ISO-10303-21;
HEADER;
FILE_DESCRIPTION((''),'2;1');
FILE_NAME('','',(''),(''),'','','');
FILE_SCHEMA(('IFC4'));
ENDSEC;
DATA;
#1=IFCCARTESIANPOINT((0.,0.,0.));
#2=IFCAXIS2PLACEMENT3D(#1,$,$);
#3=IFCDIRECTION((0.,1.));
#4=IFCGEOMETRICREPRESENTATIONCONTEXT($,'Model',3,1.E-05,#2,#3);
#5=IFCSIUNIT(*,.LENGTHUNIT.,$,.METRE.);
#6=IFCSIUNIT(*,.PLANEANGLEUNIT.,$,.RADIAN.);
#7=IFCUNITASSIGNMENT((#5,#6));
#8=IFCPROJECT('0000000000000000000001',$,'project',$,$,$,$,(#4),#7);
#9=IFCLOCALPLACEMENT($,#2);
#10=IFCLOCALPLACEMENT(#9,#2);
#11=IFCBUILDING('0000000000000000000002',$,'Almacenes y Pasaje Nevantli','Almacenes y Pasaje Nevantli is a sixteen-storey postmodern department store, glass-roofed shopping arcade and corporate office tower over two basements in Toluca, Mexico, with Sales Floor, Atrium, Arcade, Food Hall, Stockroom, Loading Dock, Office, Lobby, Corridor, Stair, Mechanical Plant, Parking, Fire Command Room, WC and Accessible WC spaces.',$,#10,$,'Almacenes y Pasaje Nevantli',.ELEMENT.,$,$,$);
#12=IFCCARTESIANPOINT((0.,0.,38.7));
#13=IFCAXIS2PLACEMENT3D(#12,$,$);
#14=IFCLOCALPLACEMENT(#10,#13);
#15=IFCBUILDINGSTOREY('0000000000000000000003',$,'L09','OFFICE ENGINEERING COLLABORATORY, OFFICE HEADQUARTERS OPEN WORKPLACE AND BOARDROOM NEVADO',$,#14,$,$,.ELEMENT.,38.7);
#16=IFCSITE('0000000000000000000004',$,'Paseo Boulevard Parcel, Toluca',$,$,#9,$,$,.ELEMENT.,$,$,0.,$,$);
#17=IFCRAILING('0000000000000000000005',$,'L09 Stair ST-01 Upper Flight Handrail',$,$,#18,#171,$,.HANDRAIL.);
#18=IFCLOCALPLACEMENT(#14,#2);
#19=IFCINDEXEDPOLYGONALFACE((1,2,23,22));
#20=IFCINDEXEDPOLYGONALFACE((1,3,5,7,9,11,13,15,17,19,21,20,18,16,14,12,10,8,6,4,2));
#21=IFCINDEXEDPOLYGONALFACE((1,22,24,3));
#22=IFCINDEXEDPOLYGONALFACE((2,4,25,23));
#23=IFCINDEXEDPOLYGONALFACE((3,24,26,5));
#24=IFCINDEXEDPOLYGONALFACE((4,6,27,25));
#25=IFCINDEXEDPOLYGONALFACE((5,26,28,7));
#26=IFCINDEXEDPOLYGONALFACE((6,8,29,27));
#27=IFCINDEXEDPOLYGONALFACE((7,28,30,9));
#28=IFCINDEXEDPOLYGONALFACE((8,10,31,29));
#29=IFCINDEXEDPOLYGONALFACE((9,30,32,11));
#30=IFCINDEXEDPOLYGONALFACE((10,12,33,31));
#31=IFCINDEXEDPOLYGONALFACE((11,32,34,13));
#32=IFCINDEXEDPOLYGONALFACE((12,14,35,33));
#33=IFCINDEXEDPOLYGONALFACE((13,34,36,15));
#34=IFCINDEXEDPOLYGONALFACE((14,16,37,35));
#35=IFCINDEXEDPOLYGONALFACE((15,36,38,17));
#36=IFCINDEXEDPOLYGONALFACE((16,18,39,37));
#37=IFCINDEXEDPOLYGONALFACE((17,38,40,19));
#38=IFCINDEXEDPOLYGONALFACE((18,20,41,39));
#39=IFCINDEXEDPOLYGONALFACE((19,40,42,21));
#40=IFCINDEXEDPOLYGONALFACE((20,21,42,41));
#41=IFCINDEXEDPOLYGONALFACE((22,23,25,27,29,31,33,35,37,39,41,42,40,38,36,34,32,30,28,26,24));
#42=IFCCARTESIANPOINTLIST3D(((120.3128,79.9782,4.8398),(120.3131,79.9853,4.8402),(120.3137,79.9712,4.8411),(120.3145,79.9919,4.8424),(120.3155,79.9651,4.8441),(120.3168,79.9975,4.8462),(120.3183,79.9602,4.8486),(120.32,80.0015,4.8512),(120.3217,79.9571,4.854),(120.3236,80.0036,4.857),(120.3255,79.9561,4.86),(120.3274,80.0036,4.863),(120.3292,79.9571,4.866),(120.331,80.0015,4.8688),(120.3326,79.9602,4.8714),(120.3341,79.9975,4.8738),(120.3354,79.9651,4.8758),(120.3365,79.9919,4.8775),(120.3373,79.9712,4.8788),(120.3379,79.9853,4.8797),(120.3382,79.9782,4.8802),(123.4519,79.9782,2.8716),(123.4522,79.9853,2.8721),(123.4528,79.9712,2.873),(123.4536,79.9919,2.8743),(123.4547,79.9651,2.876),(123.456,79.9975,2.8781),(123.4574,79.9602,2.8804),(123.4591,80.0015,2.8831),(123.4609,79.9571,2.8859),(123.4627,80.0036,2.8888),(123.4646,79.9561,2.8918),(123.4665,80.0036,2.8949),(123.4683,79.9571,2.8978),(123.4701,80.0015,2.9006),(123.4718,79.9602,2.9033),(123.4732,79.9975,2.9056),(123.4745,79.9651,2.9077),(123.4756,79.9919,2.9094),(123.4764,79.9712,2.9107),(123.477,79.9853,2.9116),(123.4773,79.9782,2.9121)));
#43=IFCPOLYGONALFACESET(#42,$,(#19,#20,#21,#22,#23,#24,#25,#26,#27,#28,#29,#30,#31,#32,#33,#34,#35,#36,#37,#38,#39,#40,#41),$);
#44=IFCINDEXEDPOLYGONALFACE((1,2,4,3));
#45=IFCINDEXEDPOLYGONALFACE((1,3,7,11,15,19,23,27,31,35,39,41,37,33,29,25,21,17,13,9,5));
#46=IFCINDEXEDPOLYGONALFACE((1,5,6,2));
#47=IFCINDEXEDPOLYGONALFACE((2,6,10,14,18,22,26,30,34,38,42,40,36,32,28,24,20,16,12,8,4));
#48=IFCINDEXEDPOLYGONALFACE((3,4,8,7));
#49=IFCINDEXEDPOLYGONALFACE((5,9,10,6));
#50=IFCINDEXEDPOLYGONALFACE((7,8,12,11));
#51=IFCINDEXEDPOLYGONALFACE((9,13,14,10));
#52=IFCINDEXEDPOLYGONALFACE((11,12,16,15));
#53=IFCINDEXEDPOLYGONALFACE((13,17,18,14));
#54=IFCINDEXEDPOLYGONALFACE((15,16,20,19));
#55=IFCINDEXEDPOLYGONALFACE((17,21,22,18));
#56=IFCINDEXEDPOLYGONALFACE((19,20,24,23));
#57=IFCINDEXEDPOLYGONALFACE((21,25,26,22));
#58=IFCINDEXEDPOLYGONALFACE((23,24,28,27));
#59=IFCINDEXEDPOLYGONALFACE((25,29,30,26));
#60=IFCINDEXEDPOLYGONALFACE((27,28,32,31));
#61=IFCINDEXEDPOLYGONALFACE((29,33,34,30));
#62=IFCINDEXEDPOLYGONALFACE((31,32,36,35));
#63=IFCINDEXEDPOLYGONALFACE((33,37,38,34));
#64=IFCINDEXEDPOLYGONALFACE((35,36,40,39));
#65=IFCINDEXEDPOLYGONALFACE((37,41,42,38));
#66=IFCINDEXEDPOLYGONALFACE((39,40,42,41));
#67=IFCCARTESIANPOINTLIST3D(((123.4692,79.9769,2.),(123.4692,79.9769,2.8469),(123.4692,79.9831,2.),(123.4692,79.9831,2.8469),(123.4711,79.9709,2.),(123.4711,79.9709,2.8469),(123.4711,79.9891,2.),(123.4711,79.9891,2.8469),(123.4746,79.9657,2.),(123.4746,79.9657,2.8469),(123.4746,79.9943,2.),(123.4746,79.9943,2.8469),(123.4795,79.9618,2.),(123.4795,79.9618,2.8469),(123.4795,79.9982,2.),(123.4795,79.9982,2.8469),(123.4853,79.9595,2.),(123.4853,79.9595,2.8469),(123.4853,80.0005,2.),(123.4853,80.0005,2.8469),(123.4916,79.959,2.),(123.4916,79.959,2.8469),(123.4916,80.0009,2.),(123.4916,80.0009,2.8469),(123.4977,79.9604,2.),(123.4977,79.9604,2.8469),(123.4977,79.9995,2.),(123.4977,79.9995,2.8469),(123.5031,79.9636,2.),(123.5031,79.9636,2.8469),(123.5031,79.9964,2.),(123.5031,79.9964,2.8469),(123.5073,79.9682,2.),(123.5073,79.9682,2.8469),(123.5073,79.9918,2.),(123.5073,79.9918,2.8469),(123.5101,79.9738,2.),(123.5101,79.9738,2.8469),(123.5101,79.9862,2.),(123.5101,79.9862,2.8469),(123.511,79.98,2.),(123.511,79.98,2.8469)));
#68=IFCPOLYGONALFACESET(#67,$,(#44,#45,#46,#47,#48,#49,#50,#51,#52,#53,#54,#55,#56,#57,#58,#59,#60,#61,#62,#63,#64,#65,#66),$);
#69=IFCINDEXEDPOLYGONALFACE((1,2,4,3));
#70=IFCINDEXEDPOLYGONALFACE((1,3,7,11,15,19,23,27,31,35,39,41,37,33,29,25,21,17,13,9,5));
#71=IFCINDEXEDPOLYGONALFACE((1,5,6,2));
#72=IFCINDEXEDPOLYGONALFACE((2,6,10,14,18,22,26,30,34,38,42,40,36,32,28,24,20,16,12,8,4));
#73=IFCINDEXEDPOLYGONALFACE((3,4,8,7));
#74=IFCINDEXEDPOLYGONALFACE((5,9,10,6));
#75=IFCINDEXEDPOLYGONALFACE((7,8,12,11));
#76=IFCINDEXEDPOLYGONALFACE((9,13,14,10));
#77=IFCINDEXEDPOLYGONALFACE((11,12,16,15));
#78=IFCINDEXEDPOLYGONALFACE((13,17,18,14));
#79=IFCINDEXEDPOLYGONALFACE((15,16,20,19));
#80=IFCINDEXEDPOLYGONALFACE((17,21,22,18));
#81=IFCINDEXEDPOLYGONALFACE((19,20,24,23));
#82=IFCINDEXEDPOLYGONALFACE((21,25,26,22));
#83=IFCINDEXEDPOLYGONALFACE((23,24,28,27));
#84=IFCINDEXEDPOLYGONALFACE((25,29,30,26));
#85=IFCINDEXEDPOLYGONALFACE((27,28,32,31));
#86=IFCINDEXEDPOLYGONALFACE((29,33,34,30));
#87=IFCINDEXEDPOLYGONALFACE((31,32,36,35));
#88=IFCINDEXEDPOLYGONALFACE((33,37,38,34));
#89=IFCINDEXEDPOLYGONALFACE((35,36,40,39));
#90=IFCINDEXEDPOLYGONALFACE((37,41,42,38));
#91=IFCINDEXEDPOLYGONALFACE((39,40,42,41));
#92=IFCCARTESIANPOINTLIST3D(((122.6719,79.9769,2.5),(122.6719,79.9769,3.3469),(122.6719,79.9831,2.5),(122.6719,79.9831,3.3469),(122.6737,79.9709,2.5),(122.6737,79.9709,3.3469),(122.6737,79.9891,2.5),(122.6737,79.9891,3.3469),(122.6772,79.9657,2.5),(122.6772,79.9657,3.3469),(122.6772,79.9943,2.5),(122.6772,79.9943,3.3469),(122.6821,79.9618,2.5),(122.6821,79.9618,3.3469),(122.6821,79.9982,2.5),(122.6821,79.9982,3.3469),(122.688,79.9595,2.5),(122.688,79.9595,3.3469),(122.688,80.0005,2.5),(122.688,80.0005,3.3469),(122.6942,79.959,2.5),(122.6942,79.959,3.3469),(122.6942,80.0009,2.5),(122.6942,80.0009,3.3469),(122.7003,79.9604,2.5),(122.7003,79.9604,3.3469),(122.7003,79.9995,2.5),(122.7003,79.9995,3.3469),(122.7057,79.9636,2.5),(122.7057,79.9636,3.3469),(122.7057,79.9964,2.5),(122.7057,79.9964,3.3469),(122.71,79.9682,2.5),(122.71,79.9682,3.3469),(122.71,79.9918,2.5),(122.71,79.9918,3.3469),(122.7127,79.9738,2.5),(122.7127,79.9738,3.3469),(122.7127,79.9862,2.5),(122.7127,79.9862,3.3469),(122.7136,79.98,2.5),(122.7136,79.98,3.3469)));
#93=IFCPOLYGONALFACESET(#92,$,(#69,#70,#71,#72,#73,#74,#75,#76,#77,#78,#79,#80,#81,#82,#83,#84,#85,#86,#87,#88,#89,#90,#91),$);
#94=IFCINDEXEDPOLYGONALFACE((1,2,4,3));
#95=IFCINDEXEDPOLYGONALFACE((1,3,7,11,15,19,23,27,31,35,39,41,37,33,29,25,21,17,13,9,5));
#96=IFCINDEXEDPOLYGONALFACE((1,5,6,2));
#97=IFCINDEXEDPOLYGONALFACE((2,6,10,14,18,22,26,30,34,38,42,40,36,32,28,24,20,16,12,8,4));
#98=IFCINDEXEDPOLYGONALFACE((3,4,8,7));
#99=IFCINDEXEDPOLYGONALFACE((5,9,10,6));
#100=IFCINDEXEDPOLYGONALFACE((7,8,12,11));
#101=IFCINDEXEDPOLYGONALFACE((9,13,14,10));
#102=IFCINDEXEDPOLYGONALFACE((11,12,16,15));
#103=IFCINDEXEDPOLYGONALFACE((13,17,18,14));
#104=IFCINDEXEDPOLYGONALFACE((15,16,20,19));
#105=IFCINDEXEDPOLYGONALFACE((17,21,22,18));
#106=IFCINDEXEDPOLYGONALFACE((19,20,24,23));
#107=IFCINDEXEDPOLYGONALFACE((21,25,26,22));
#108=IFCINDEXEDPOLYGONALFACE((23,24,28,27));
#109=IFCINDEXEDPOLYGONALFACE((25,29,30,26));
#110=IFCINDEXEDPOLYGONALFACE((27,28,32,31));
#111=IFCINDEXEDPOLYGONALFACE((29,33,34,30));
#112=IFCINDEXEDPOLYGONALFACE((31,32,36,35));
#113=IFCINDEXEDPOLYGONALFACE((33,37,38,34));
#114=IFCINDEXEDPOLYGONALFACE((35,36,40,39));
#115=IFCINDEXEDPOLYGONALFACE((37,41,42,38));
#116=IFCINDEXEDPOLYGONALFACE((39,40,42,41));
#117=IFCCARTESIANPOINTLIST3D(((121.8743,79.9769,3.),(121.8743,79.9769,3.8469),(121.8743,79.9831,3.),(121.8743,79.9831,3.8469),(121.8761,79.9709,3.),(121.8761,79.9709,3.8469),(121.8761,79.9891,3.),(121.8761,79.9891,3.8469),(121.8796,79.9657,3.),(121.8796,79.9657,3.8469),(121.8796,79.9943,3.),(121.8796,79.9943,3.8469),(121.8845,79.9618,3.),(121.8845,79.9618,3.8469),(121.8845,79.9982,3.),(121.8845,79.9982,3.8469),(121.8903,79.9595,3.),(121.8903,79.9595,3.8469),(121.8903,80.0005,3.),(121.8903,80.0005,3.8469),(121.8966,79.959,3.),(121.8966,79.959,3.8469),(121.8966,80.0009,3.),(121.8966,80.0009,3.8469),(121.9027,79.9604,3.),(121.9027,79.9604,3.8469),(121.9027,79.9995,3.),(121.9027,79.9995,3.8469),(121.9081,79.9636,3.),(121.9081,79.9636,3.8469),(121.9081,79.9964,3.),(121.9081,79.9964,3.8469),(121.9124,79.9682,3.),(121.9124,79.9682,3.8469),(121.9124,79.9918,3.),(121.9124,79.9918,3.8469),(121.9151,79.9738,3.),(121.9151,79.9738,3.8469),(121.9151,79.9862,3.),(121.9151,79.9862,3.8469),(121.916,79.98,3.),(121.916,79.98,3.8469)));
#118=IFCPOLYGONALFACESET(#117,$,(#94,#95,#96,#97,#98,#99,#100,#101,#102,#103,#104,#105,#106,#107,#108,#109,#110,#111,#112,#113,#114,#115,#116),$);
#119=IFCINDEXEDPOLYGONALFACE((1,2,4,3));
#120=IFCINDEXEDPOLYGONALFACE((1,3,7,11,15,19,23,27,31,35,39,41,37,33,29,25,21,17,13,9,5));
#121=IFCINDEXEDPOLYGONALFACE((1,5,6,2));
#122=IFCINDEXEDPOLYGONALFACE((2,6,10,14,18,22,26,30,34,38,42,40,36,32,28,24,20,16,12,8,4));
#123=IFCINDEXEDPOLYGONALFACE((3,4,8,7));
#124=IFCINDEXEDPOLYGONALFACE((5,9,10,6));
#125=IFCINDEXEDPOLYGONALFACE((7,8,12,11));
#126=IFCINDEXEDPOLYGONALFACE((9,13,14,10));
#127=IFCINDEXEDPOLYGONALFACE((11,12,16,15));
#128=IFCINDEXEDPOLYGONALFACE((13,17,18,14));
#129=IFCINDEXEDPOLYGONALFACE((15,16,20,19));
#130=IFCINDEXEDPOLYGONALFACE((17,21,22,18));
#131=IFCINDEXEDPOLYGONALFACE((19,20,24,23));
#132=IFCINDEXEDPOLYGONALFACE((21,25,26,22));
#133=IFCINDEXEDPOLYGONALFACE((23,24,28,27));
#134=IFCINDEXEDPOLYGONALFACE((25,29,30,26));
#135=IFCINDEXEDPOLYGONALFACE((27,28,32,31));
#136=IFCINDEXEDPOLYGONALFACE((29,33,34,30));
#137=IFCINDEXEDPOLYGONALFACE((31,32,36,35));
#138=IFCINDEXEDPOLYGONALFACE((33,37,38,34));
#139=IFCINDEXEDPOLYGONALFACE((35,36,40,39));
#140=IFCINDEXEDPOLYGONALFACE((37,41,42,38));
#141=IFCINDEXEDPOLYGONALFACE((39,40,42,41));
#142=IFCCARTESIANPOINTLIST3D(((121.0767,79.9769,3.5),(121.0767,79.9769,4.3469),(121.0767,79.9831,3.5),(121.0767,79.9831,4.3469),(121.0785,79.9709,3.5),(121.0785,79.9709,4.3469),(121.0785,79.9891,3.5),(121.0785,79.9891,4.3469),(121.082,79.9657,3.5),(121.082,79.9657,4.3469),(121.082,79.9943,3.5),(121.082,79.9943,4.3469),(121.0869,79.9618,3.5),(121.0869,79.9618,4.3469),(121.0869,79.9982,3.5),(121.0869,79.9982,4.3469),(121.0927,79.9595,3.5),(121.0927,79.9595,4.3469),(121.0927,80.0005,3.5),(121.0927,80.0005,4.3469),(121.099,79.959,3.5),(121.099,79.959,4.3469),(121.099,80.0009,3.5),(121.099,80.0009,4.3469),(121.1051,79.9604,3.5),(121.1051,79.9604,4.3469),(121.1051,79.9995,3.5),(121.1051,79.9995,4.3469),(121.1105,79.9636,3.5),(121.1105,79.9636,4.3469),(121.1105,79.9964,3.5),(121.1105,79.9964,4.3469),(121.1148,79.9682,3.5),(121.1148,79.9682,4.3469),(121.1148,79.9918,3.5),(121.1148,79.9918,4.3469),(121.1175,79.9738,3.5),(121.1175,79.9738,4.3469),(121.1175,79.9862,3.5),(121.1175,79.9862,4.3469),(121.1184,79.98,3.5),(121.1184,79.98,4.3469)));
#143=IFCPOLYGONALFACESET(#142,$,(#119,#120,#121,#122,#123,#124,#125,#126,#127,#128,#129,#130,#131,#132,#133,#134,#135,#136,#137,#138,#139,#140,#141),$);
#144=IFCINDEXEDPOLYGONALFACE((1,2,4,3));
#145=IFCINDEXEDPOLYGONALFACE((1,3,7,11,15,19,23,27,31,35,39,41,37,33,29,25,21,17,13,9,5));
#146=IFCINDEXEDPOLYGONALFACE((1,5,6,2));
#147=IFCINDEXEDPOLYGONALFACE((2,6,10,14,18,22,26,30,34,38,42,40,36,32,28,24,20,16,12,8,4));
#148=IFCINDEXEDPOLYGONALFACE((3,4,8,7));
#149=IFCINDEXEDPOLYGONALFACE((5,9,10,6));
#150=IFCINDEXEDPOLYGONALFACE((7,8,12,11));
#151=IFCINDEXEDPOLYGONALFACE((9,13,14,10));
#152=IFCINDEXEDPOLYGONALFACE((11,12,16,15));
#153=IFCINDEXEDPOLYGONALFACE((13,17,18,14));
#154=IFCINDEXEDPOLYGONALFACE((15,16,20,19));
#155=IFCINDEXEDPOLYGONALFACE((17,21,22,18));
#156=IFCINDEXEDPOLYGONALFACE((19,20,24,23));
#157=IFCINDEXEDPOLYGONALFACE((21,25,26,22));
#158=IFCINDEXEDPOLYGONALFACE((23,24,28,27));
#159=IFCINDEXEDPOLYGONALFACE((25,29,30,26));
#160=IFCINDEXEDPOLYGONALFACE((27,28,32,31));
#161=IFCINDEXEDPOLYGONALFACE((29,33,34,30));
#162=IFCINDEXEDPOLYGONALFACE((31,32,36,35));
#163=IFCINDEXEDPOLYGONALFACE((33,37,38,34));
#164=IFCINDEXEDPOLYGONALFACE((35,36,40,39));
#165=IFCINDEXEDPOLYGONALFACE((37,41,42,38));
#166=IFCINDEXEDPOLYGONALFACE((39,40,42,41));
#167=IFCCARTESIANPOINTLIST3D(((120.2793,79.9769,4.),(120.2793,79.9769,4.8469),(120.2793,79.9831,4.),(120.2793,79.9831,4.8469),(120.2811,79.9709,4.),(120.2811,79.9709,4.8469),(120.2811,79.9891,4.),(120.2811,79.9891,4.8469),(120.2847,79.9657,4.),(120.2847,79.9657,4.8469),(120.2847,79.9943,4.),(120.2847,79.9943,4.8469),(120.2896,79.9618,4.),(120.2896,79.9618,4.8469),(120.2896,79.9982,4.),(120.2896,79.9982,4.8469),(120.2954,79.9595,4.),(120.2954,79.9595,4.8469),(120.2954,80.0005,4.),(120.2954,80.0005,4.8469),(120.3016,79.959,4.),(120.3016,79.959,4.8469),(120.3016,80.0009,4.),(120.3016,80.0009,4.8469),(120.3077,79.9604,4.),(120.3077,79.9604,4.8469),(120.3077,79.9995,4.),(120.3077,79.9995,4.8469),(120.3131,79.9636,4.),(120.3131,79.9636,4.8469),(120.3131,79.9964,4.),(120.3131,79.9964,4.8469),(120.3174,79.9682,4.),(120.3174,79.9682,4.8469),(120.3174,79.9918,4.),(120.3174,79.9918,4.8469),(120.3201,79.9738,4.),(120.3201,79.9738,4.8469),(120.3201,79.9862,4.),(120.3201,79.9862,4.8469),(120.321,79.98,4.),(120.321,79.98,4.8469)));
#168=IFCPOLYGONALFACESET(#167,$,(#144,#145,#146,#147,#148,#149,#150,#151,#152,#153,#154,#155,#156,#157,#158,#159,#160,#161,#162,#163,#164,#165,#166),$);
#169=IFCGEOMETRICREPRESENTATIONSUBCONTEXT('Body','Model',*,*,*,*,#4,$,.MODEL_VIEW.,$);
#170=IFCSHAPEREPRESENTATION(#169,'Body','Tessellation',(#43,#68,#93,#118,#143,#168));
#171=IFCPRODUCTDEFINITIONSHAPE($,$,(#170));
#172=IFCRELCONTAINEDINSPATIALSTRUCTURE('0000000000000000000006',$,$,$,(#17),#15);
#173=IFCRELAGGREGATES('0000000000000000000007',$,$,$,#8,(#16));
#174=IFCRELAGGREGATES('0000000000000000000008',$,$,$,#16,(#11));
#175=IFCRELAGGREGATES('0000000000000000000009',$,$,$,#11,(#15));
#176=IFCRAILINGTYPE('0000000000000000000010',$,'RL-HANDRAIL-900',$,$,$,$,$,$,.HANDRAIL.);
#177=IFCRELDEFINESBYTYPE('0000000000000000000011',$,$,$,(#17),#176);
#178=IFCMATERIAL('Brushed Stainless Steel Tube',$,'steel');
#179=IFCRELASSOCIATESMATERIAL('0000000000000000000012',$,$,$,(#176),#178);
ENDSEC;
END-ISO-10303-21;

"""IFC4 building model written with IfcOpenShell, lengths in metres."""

from ifc_helpers import new_model, si_unit, direction, frame, origin, origin_2d, place, context, subcontext, project, spatial, circle, extrude, material, type_object, element, save


model = new_model("IFC4")

# Units and contexts
model_context = context("Model", 3, precision=1e-05, world=origin(), true_north=direction((0.0, 1.0)))
body_context = subcontext(model_context, "Body", "Model", "MODEL_VIEW")
ifc_project = project(units=[si_unit("LENGTHUNIT", "METRE"), si_unit("PLANEANGLEUNIT", "RADIAN")], contexts=[model_context])

# Site, building, storey
site_placement = place(None, origin())
site = spatial("IfcSite", under=ifc_project, at=site_placement, Name="Paseo Boulevard Parcel, Toluca", CompositionType="ELEMENT", RefElevation=0.0)
building_placement = place(site_placement, origin())
building = spatial("IfcBuilding", under=site, at=building_placement, Name="Almacenes y Pasaje Nevantli", Description="Almacenes y Pasaje Nevantli is a sixteen-storey postmodern department store, glass-roofed shopping arcade and corporate office tower over two basements in Toluca, Mexico, with Sales Floor, Atrium, Arcade, Food Hall, Stockroom, Loading Dock, Office, Lobby, Corridor, Stair, Mechanical Plant, Parking, Fire Command Room, WC and Accessible WC spaces.", LongName="Almacenes y Pasaje Nevantli", CompositionType="ELEMENT")
storey_placement = place(building_placement, frame((0.0, 0.0, 38.7)))
storey = spatial("IfcBuildingStorey", under=building, at=storey_placement, Name="L09", Description="OFFICE ENGINEERING COLLABORATORY, OFFICE HEADQUARTERS OPEN WORKPLACE AND BOARDROOM NEVADO", CompositionType="ELEMENT", Elevation=38.7)

# Railing
ifc_material_1 = material(Name="Brushed Stainless Steel Tube", Category="steel")
railing_type_1 = type_object("IfcRailingType", Name="RL-HANDRAIL-900", PredefinedType="HANDRAIL", material=ifc_material_1)
railing_1_placement = place(storey_placement, frame((123.49, 79.98, 2.0)))
element("IfcRailing", 1, at=railing_1_placement, inside=storey, type_object=railing_type_1, Name="L09 Stair ST-01 Upper Flight Handrail", PredefinedType="HANDRAIL", context=body_context, shape_type="SweptSolid", body=[
    extrude(circle(Radius=0.0239, at=origin_2d()), frame((-0.0254, 0.0, 0.8918), z_axis=(-0.847247, 0.0, 0.531199), x_axis=(0.0, -1.0, 0.0)), (0.0, 0.0, 1.0), 3.7051),
    extrude(circle(Radius=0.021, at=origin_2d()), origin(), (0.0, 0.0, 1.0), 0.8469),
    extrude(circle(Radius=0.021, at=origin_2d()), frame((-0.7974, 0.0, 0.5)), (0.0, 0.0, 1.0), 0.8469),
    extrude(circle(Radius=0.021, at=origin_2d()), frame((-1.595, 0.0, 1.0)), (0.0, 0.0, 1.0), 0.8469),
    extrude(circle(Radius=0.021, at=origin_2d()), frame((-2.3926, 0.0, 1.5)), (0.0, 0.0, 1.0), 0.8469),
    extrude(circle(Radius=0.021, at=origin_2d()), frame((-3.1899, 0.0, 2.0)), (0.0, 0.0, 1.0), 0.8469),
])

save(model, "model.ifc")
